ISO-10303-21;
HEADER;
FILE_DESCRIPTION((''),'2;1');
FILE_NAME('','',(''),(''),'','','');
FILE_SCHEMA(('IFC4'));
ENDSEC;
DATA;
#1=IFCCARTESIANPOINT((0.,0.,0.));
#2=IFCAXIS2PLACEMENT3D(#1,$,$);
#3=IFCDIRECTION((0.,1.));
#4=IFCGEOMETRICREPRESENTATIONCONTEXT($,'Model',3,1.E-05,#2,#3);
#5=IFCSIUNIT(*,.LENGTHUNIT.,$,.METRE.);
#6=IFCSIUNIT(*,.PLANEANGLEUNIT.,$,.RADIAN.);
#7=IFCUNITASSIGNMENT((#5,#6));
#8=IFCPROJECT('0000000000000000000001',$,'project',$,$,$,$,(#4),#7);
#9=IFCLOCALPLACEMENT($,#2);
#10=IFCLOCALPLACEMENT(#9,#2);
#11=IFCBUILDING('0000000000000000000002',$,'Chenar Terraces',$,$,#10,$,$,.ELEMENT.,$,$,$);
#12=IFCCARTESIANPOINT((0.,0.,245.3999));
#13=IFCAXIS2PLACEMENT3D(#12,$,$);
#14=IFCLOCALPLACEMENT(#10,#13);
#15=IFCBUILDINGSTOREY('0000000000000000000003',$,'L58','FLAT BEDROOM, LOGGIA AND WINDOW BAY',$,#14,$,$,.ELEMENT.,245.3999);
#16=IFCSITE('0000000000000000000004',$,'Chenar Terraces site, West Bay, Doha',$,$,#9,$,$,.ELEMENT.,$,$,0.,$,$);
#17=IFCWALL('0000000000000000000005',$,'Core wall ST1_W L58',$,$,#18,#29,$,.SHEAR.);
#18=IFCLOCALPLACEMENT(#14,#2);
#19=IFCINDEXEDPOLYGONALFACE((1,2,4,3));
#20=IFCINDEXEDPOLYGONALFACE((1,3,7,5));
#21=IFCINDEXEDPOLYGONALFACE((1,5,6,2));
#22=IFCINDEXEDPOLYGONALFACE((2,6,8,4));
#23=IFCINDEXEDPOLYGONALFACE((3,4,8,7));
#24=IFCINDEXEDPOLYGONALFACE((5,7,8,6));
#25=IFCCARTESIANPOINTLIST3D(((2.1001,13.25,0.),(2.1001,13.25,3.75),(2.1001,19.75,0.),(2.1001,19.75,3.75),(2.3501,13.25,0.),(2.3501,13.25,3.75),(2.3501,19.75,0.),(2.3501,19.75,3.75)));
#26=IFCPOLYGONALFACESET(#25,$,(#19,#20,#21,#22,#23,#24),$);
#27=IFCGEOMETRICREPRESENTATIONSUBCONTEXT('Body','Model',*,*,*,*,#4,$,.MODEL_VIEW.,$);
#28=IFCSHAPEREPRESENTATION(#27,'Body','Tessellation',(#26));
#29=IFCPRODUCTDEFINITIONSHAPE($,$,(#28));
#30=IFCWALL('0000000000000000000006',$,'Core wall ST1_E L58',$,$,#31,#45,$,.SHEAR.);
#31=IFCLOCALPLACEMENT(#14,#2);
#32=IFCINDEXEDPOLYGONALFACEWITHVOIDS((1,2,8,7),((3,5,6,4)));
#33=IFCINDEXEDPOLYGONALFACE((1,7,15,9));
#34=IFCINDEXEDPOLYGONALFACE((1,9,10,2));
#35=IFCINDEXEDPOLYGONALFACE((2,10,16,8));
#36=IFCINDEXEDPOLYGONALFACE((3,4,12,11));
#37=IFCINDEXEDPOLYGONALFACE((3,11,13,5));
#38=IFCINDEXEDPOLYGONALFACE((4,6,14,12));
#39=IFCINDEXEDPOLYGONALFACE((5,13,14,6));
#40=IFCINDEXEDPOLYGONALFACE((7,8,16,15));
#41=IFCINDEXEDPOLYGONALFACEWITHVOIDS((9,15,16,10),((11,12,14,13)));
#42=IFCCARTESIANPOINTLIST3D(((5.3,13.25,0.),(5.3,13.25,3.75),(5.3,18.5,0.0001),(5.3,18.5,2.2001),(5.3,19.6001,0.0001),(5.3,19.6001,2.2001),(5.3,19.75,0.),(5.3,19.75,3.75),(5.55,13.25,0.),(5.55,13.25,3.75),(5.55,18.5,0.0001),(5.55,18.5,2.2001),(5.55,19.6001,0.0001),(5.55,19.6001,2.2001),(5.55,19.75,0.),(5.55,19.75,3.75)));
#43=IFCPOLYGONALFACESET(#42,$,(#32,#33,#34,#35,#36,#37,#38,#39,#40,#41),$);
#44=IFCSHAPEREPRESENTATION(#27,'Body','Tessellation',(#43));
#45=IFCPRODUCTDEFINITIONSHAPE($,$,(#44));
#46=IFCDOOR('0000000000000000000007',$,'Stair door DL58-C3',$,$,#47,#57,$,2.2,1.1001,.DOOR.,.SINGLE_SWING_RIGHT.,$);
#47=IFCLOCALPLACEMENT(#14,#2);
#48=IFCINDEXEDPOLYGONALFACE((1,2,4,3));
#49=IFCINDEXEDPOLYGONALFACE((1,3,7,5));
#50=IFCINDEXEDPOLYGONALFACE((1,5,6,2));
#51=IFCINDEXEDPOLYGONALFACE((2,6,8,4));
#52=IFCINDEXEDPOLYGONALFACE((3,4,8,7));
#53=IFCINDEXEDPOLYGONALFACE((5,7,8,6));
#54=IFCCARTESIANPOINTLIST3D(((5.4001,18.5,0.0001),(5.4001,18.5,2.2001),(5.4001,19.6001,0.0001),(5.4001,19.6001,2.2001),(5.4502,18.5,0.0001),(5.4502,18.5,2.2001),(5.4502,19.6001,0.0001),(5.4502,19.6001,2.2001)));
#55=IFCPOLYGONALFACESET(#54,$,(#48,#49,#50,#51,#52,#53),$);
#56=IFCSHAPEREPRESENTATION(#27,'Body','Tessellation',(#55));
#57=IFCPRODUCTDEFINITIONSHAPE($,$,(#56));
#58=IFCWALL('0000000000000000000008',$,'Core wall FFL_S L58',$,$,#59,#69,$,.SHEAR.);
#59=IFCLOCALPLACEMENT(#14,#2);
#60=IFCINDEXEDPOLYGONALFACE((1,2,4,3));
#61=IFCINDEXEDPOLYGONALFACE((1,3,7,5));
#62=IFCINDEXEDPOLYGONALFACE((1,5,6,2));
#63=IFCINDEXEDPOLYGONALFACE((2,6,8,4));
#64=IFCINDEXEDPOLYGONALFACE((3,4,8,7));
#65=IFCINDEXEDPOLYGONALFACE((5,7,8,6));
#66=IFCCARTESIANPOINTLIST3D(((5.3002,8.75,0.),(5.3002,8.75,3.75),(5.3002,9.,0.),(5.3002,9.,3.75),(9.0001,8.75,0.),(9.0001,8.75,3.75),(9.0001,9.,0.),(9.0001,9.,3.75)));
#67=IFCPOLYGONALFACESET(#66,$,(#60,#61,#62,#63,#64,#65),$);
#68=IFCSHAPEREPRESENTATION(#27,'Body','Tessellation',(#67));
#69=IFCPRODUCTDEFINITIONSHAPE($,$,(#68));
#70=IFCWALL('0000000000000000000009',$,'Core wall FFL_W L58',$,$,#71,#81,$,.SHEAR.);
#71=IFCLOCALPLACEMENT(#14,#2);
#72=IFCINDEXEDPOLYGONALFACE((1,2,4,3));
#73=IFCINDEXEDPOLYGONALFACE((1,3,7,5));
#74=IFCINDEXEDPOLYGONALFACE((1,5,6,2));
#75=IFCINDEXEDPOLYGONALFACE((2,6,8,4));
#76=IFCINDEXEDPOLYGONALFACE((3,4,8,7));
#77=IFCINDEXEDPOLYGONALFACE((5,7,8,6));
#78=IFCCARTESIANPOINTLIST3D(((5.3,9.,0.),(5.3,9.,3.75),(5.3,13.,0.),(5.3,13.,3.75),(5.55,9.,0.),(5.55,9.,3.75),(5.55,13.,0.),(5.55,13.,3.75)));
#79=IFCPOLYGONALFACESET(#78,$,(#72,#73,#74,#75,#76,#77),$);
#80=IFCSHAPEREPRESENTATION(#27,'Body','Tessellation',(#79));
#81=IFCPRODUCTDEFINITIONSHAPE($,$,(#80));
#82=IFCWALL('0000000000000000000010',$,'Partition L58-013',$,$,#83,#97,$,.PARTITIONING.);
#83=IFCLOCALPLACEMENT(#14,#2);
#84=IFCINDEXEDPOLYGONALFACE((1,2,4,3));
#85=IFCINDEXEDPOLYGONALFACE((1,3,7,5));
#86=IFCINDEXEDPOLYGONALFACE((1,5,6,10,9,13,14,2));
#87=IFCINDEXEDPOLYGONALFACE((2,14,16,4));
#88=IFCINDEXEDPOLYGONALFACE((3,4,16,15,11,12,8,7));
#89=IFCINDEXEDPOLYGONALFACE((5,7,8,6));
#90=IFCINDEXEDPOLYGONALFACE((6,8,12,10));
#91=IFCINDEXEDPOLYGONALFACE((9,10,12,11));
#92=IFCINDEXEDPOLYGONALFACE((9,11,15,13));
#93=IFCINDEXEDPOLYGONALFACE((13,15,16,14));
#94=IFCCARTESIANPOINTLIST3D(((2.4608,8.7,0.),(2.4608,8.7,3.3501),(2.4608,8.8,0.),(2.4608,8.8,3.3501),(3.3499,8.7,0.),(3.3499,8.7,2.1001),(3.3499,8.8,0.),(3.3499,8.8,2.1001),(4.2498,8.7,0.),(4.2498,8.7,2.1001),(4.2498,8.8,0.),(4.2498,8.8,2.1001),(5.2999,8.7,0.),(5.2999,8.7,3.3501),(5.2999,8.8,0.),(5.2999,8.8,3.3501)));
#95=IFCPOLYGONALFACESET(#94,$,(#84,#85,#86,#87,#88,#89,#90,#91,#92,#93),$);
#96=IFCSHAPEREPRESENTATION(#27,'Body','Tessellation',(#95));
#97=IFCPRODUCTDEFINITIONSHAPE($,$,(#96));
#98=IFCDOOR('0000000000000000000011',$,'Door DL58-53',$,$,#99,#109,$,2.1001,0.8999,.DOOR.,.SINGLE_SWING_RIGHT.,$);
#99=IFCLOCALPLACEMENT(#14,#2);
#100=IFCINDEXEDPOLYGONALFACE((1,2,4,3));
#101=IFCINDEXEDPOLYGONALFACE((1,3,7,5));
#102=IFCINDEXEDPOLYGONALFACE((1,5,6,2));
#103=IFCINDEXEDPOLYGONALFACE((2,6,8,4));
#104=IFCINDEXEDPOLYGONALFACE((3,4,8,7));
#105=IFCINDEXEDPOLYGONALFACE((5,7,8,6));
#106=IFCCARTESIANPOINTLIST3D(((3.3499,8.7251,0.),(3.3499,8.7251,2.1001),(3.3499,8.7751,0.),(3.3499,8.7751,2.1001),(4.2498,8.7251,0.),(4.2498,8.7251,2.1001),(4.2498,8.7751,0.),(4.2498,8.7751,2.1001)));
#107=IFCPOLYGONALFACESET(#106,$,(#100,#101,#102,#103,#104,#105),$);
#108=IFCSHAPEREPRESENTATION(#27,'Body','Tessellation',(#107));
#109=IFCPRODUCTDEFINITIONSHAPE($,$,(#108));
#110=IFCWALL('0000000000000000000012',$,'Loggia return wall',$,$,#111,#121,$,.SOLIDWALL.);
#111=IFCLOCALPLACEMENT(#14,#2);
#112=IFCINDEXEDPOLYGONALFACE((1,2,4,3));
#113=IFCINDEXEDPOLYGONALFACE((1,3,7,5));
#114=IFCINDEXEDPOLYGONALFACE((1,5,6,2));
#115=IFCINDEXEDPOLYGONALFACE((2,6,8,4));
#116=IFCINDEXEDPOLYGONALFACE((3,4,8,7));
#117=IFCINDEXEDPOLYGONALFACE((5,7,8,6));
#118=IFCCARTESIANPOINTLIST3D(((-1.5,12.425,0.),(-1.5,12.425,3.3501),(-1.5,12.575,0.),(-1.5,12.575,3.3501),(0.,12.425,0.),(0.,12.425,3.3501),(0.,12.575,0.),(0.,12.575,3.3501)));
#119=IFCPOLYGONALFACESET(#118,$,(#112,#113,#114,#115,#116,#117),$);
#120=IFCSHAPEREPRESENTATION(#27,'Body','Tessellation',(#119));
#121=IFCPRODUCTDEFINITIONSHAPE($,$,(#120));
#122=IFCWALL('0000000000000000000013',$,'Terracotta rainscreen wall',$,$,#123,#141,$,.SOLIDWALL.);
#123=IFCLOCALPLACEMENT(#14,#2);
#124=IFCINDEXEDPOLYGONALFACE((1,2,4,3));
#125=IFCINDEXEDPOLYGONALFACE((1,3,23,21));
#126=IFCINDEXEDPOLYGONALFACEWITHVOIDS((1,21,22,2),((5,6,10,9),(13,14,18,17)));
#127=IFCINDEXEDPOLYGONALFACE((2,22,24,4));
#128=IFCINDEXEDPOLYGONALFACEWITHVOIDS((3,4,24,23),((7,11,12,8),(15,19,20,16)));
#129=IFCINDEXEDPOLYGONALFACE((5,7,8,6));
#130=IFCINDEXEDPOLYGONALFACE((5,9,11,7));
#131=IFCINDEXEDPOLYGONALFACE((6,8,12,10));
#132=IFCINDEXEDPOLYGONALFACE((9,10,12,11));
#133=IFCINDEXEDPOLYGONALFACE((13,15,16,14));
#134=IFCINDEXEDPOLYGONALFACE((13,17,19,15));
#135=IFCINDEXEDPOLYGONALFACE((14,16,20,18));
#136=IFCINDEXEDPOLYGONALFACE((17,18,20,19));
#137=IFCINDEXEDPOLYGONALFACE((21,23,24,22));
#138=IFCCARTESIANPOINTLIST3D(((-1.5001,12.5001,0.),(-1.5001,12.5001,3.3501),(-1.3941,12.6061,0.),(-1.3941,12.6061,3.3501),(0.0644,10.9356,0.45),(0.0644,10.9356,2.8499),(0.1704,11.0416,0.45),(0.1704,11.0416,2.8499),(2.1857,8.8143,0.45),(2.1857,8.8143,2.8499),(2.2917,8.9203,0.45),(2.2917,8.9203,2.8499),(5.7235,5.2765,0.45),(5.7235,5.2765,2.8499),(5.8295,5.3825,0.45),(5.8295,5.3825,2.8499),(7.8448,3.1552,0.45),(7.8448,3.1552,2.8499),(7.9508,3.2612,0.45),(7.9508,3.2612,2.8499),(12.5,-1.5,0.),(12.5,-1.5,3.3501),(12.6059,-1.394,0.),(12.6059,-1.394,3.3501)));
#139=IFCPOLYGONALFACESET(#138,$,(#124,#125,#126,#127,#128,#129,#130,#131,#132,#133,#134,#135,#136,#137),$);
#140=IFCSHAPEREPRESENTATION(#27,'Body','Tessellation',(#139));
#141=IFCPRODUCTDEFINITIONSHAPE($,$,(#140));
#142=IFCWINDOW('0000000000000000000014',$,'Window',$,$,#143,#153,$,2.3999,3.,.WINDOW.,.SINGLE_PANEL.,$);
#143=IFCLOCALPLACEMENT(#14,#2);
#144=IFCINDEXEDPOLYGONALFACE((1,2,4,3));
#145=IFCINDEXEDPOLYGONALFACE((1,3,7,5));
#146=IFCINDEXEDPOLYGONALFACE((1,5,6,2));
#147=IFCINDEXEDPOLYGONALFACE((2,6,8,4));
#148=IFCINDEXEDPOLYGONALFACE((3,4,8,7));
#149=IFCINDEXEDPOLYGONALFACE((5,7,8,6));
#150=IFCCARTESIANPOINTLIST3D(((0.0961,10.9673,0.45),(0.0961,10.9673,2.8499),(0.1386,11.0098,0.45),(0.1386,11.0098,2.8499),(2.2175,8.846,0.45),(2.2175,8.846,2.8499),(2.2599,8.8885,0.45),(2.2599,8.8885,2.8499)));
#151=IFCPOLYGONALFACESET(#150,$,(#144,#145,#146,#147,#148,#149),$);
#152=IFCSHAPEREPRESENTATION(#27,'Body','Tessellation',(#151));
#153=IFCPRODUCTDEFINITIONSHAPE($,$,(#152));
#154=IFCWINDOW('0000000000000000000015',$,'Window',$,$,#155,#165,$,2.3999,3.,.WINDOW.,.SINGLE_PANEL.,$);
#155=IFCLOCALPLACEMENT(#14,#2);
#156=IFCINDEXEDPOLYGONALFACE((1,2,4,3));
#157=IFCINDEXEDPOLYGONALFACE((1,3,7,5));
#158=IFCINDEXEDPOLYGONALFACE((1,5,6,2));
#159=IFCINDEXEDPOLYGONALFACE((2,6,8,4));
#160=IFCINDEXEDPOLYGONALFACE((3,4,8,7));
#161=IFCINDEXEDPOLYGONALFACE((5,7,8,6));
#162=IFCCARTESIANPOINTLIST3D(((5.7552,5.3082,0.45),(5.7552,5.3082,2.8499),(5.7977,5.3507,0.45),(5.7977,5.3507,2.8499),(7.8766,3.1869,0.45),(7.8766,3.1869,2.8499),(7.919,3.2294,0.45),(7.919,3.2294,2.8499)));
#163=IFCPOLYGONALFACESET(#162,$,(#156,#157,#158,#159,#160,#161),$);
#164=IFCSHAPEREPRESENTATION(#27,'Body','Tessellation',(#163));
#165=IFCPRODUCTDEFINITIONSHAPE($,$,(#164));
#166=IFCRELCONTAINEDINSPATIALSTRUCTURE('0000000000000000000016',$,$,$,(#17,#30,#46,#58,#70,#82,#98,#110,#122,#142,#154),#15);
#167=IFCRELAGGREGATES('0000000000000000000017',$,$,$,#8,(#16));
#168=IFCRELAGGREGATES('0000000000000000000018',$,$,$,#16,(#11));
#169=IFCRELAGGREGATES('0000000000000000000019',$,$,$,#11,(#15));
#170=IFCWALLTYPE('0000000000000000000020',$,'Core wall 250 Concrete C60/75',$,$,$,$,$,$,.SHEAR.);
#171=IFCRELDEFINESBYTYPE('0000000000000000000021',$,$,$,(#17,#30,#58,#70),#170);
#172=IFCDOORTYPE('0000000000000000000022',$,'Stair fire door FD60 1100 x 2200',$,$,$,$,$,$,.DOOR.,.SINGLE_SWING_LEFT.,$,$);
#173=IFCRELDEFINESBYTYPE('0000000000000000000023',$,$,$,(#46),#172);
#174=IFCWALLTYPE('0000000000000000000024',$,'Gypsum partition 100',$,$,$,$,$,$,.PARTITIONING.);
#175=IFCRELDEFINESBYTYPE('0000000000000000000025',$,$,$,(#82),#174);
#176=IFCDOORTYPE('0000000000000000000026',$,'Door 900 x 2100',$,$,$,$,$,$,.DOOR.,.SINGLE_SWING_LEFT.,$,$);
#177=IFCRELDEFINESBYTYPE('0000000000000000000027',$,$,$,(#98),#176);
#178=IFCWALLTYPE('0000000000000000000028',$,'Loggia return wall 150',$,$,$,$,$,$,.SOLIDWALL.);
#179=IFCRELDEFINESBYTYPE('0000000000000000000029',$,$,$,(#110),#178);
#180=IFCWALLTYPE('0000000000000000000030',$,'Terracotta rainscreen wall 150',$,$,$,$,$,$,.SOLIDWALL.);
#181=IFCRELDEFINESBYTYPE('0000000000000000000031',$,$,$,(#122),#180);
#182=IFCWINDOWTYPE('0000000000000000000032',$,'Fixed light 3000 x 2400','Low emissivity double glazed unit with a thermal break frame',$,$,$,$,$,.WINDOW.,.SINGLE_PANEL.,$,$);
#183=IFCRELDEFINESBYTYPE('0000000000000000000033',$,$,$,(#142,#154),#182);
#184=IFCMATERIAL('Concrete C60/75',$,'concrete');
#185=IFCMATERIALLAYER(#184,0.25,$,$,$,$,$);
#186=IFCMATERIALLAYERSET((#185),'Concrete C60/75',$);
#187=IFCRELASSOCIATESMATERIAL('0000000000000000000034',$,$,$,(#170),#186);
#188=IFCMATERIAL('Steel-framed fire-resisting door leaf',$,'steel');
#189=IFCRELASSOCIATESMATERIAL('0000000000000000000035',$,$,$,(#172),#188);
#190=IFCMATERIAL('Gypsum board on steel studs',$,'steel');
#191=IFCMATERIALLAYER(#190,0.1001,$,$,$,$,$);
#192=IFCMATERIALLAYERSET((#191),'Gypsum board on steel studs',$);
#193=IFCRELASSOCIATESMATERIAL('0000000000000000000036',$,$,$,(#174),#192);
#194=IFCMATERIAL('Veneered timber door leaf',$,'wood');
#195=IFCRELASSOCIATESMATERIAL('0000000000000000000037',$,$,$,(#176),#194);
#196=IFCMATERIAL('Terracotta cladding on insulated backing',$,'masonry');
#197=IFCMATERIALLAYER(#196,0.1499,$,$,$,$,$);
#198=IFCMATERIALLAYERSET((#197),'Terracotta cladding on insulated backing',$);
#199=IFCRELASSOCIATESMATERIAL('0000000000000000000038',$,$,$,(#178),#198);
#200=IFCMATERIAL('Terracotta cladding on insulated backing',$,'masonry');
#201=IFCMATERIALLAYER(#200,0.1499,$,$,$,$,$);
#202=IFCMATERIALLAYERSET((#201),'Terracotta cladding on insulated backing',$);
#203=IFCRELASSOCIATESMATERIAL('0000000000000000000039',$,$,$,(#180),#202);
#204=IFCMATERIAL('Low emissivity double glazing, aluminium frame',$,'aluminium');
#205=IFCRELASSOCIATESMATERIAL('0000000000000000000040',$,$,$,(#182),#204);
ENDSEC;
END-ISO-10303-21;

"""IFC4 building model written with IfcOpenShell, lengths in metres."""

from ifc_helpers import new_model, si_unit, direction, frame, frame_2d, origin, place, context, subcontext, project, spatial, rectangle, extrude, material, layer, layer_set, type_object, element, fill, save


model = new_model("IFC4")

# Units and contexts
model_context = context("Model", 3, precision=1e-05, world=origin(), true_north=direction((0.0, 1.0)))
body_context = subcontext(model_context, "Body", "Model", "MODEL_VIEW")
ifc_project = project(units=[si_unit("LENGTHUNIT", "METRE"), si_unit("PLANEANGLEUNIT", "RADIAN")], contexts=[model_context])

# Site, building, storey
site_placement = place(None, origin())
site = spatial("IfcSite", under=ifc_project, at=site_placement, Name="Chenar Terraces site, West Bay, Doha", CompositionType="ELEMENT", RefElevation=0.0)
building_placement = place(site_placement, origin())
building = spatial("IfcBuilding", under=site, at=building_placement, Name="Chenar Terraces", CompositionType="ELEMENT")
storey_placement = place(building_placement, frame((0.0, 0.0, 245.3999)))
storey = spatial("IfcBuildingStorey", under=building, at=storey_placement, Name="L58", Description="FLAT BEDROOM, LOGGIA AND WINDOW BAY", CompositionType="ELEMENT", Elevation=245.3999)

# Wall
ifc_material_1 = material(Name="Concrete C60/75", Category="concrete")
ifc_layer_1 = layer(ifc_material_1, 0.25)
ifc_layer_set_1 = layer_set([ifc_layer_1], Name="Concrete C60/75")
wall_type_1 = type_object("IfcWallType", Name="Core wall 250 Concrete C60/75", PredefinedType="SHEAR", material=ifc_layer_set_1)
wall_1_placement = place(storey_placement, frame((2.2251, 13.25, 0.0), z_axis=(0.0, 0.0, 1.0), x_axis=(0.0, 1.0, 0.0)))
element("IfcWall", 1, at=wall_1_placement, inside=storey, type_object=wall_type_1, Name="Core wall ST1_W L58", PredefinedType="SHEAR", context=body_context, shape_type="SweptSolid", body=[
    extrude(rectangle(XDim=6.5, YDim=0.25, at=frame_2d((3.25, 0.0))), origin(), (0.0, 0.0, 1.0), 3.75),
])

# Wall, opening, door
wall_2_placement = place(storey_placement, frame((5.425, 13.25, 0.0), z_axis=(0.0, 0.0, 1.0), x_axis=(0.0, 1.0, 0.0)))
wall_2 = element("IfcWall", 2, at=wall_2_placement, inside=storey, type_object=wall_type_1, Name="Core wall ST1_E L58", PredefinedType="SHEAR", context=body_context, shape_type="SweptSolid", body=[
    extrude(rectangle(XDim=6.5, YDim=0.25, at=frame_2d((3.25, 0.0))), origin(), (0.0, 0.0, 1.0), 3.75),
])
opening_1_placement = place(wall_2_placement, frame((5.25, 0.0, 0.0)))
opening_1 = element("IfcOpeningElement", 3, at=opening_1_placement, cuts=wall_2, PredefinedType="OPENING", context=body_context, shape_type="SweptSolid", body=[
    extrude(rectangle(XDim=1.1001, YDim=2.2, at=frame_2d((0.55, 1.1001))), frame((0.0, 0.135, 0.0), z_axis=(0.0, -1.0, 0.0), x_axis=(1.0, 0.0, 0.0)), (0.0, 0.0, 1.0), 0.27),
])
ifc_material_2 = material(Name="Steel-framed fire-resisting door leaf", Category="steel")
door_type_1 = type_object("IfcDoorType", Name="Stair fire door FD60 1100 x 2200", OperationType="SINGLE_SWING_LEFT", PredefinedType="DOOR", material=ifc_material_2)
door_1_placement = place(opening_1_placement, origin())
door_1 = element("IfcDoor", 4, at=door_1_placement, inside=storey, type_object=door_type_1, Name="Stair door DL58-C3", OperationType="SINGLE_SWING_RIGHT", OverallHeight=2.2, OverallWidth=1.1001, PredefinedType="DOOR", context=body_context, shape_type="SweptSolid", body=[
    extrude(rectangle(XDim=1.1001, YDim=2.2, at=frame_2d((0.55, 1.1001))), frame((0.0, 0.0249, 0.0), z_axis=(0.0, -1.0, 0.0), x_axis=(1.0, 0.0, 0.0)), (0.0, 0.0, 1.0), 0.05),
])
fill(opening_1, door_1)

# Walls
wall_3_placement = place(storey_placement, frame((5.3, 8.875, 0.0), z_axis=(0.0, 0.0, 1.0), x_axis=(1.0, 0.0, 0.0)))
element("IfcWall", 5, at=wall_3_placement, inside=storey, type_object=wall_type_1, Name="Core wall FFL_S L58", PredefinedType="SHEAR", context=body_context, shape_type="SweptSolid", body=[
    extrude(rectangle(XDim=3.7, YDim=0.25, at=frame_2d((1.8501, 0.0))), origin(), (0.0, 0.0, 1.0), 3.75),
])
wall_4_placement = place(storey_placement, frame((5.425, 9.0, 0.0), z_axis=(0.0, 0.0, 1.0), x_axis=(0.0, 1.0, 0.0)))
element("IfcWall", 6, at=wall_4_placement, inside=storey, type_object=wall_type_1, Name="Core wall FFL_W L58", PredefinedType="SHEAR", context=body_context, shape_type="SweptSolid", body=[
    extrude(rectangle(XDim=4.0, YDim=0.25, at=frame_2d((2.0, 0.0))), origin(), (0.0, 0.0, 1.0), 3.75),
])

# Wall, opening, door
ifc_material_3 = material(Name="Gypsum board on steel studs", Category="steel")
ifc_layer_2 = layer(ifc_material_3, 0.1001)
ifc_layer_set_2 = layer_set([ifc_layer_2], Name="Gypsum board on steel studs")
wall_type_2 = type_object("IfcWallType", Name="Gypsum partition 100", PredefinedType="PARTITIONING", material=ifc_layer_set_2)
wall_5_placement = place(storey_placement, frame((2.4609, 8.75, 0.0), z_axis=(0.0, 0.0, 1.0), x_axis=(1.0, 0.0, 0.0)))
wall_5 = element("IfcWall", 7, at=wall_5_placement, inside=storey, type_object=wall_type_2, Name="Partition L58-013", PredefinedType="PARTITIONING", context=body_context, shape_type="SweptSolid", body=[
    extrude(rectangle(XDim=2.8391, YDim=0.1001, at=frame_2d((1.4194, 0.0))), origin(), (0.0, 0.0, 1.0), 3.3501),
])
opening_2_placement = place(wall_5_placement, frame((0.8889, 0.0, 0.0)))
opening_2 = element("IfcOpeningElement", 8, at=opening_2_placement, cuts=wall_5, PredefinedType="OPENING", context=body_context, shape_type="SweptSolid", body=[
    extrude(rectangle(XDim=0.8999, YDim=2.1001, at=frame_2d((0.45, 1.05))), frame((0.0, 0.0601, 0.0), z_axis=(0.0, -1.0, 0.0), x_axis=(1.0, 0.0, 0.0)), (0.0, 0.0, 1.0), 0.1201),
])
ifc_material_4 = material(Name="Veneered timber door leaf", Category="wood")
door_type_2 = type_object("IfcDoorType", Name="Door 900 x 2100", OperationType="SINGLE_SWING_LEFT", PredefinedType="DOOR", material=ifc_material_4)
door_2_placement = place(opening_2_placement, frame((0.8999, 0.0, 0.0), z_axis=(0.0, 0.0, 1.0), x_axis=(-1.0, 0.0, 0.0)))
door_2 = element("IfcDoor", 9, at=door_2_placement, inside=storey, type_object=door_type_2, Name="Door DL58-53", OperationType="SINGLE_SWING_RIGHT", OverallHeight=2.1001, OverallWidth=0.8999, PredefinedType="DOOR", context=body_context, shape_type="SweptSolid", body=[
    extrude(rectangle(XDim=0.8999, YDim=2.1001, at=frame_2d((0.45, 1.05))), frame((0.0, 0.0249, 0.0), z_axis=(0.0, -1.0, 0.0), x_axis=(1.0, 0.0, 0.0)), (0.0, 0.0, 1.0), 0.05),
])
fill(opening_2, door_2)

# Wall
ifc_material_5 = material(Name="Terracotta cladding on insulated backing", Category="masonry")
ifc_layer_3 = layer(ifc_material_5, 0.1499)
ifc_layer_set_3 = layer_set([ifc_layer_3], Name="Terracotta cladding on insulated backing")
wall_type_3 = type_object("IfcWallType", Name="Loggia return wall 150", PredefinedType="SOLIDWALL", material=ifc_layer_set_3)
wall_6_placement = place(storey_placement, frame((-1.5, 12.5, 0.0), z_axis=(0.0, 0.0, 1.0), x_axis=(1.0, 0.0, 0.0)))
element("IfcWall", 10, at=wall_6_placement, inside=storey, type_object=wall_type_3, Name="Loggia return wall", PredefinedType="SOLIDWALL", context=body_context, shape_type="SweptSolid", body=[
    extrude(rectangle(XDim=1.5, YDim=0.1499, at=frame_2d((0.75, 0.0))), origin(), (0.0, 0.0, 1.0), 3.3501),
])

# Wall, openings, windows
ifc_material_6 = material(Name="Terracotta cladding on insulated backing", Category="masonry")
ifc_layer_4 = layer(ifc_material_6, 0.1499)
ifc_layer_set_4 = layer_set([ifc_layer_4], Name="Terracotta cladding on insulated backing")
wall_type_4 = type_object("IfcWallType", Name="Terracotta rainscreen wall 150", PredefinedType="SOLIDWALL", material=ifc_layer_set_4)
wall_7_placement = place(storey_placement, frame((-1.447, 12.553, 0.0), z_axis=(0.0, 0.0, 1.0), x_axis=(0.707107, -0.707107, 0.0)))
wall_7 = element("IfcWall", 11, at=wall_7_placement, inside=storey, type_object=wall_type_4, Name="Terracotta rainscreen wall", PredefinedType="SOLIDWALL", context=body_context, shape_type="SweptSolid", body=[
    extrude(rectangle(XDim=19.7991, YDim=0.1499, at=frame_2d((9.8994, 0.0))), origin(), (0.0, 0.0, 1.0), 3.3501),
])
opening_3_placement = place(wall_7_placement, frame((2.2124, 0.0, 0.45)))
opening_3 = element("IfcOpeningElement", 12, at=opening_3_placement, cuts=wall_7, PredefinedType="OPENING", context=body_context, shape_type="SweptSolid", body=[
    extrude(rectangle(XDim=3.0, YDim=2.3999, at=frame_2d((1.5, 1.2))), frame((0.0, 0.085, 0.0), z_axis=(0.0, -1.0, 0.0), x_axis=(1.0, 0.0, 0.0)), (0.0, 0.0, 1.0), 0.1699),
])
opening_4_placement = place(wall_7_placement, frame((10.2156, 0.0, 0.45)))
opening_4 = element("IfcOpeningElement", 13, at=opening_4_placement, cuts=wall_7, PredefinedType="OPENING", context=body_context, shape_type="SweptSolid", body=[
    extrude(rectangle(XDim=3.0, YDim=2.3999, at=frame_2d((1.5, 1.2))), frame((0.0, 0.085, 0.0), z_axis=(0.0, -1.0, 0.0), x_axis=(1.0, 0.0, 0.0)), (0.0, 0.0, 1.0), 0.1699),
])
ifc_material_7 = material(Name="Low emissivity double glazing, aluminium frame", Category="aluminium")
window_type = type_object("IfcWindowType", Name="Fixed light 3000 x 2400", Description="Low emissivity double glazed unit with a thermal break frame", PartitioningType="SINGLE_PANEL", PredefinedType="WINDOW", material=ifc_material_7)
window_1_placement = place(opening_3_placement, origin())
window_1 = element("IfcWindow", 14, at=window_1_placement, inside=storey, type_object=window_type, Name="Window", OverallHeight=2.3999, OverallWidth=3.0, PartitioningType="SINGLE_PANEL", PredefinedType="WINDOW", context=body_context, shape_type="SweptSolid", body=[
    extrude(rectangle(XDim=3.0, YDim=2.3999, at=frame_2d((1.5, 1.2))), frame((0.0, 0.03, 0.0), z_axis=(0.0, -1.0, 0.0), x_axis=(1.0, 0.0, 0.0)), (0.0, 0.0, 1.0), 0.0601),
])
fill(opening_3, window_1)
window_2_placement = place(opening_4_placement, origin())
window_2 = element("IfcWindow", 15, at=window_2_placement, inside=storey, type_object=window_type, Name="Window", OverallHeight=2.3999, OverallWidth=3.0, PartitioningType="SINGLE_PANEL", PredefinedType="WINDOW", context=body_context, shape_type="SweptSolid", body=[
    extrude(rectangle(XDim=3.0, YDim=2.3999, at=frame_2d((1.5, 1.2))), frame((0.0, 0.03, 0.0), z_axis=(0.0, -1.0, 0.0), x_axis=(1.0, 0.0, 0.0)), (0.0, 0.0, 1.0), 0.0601),
])
fill(opening_4, window_2)

save(model, "model.ifc")
